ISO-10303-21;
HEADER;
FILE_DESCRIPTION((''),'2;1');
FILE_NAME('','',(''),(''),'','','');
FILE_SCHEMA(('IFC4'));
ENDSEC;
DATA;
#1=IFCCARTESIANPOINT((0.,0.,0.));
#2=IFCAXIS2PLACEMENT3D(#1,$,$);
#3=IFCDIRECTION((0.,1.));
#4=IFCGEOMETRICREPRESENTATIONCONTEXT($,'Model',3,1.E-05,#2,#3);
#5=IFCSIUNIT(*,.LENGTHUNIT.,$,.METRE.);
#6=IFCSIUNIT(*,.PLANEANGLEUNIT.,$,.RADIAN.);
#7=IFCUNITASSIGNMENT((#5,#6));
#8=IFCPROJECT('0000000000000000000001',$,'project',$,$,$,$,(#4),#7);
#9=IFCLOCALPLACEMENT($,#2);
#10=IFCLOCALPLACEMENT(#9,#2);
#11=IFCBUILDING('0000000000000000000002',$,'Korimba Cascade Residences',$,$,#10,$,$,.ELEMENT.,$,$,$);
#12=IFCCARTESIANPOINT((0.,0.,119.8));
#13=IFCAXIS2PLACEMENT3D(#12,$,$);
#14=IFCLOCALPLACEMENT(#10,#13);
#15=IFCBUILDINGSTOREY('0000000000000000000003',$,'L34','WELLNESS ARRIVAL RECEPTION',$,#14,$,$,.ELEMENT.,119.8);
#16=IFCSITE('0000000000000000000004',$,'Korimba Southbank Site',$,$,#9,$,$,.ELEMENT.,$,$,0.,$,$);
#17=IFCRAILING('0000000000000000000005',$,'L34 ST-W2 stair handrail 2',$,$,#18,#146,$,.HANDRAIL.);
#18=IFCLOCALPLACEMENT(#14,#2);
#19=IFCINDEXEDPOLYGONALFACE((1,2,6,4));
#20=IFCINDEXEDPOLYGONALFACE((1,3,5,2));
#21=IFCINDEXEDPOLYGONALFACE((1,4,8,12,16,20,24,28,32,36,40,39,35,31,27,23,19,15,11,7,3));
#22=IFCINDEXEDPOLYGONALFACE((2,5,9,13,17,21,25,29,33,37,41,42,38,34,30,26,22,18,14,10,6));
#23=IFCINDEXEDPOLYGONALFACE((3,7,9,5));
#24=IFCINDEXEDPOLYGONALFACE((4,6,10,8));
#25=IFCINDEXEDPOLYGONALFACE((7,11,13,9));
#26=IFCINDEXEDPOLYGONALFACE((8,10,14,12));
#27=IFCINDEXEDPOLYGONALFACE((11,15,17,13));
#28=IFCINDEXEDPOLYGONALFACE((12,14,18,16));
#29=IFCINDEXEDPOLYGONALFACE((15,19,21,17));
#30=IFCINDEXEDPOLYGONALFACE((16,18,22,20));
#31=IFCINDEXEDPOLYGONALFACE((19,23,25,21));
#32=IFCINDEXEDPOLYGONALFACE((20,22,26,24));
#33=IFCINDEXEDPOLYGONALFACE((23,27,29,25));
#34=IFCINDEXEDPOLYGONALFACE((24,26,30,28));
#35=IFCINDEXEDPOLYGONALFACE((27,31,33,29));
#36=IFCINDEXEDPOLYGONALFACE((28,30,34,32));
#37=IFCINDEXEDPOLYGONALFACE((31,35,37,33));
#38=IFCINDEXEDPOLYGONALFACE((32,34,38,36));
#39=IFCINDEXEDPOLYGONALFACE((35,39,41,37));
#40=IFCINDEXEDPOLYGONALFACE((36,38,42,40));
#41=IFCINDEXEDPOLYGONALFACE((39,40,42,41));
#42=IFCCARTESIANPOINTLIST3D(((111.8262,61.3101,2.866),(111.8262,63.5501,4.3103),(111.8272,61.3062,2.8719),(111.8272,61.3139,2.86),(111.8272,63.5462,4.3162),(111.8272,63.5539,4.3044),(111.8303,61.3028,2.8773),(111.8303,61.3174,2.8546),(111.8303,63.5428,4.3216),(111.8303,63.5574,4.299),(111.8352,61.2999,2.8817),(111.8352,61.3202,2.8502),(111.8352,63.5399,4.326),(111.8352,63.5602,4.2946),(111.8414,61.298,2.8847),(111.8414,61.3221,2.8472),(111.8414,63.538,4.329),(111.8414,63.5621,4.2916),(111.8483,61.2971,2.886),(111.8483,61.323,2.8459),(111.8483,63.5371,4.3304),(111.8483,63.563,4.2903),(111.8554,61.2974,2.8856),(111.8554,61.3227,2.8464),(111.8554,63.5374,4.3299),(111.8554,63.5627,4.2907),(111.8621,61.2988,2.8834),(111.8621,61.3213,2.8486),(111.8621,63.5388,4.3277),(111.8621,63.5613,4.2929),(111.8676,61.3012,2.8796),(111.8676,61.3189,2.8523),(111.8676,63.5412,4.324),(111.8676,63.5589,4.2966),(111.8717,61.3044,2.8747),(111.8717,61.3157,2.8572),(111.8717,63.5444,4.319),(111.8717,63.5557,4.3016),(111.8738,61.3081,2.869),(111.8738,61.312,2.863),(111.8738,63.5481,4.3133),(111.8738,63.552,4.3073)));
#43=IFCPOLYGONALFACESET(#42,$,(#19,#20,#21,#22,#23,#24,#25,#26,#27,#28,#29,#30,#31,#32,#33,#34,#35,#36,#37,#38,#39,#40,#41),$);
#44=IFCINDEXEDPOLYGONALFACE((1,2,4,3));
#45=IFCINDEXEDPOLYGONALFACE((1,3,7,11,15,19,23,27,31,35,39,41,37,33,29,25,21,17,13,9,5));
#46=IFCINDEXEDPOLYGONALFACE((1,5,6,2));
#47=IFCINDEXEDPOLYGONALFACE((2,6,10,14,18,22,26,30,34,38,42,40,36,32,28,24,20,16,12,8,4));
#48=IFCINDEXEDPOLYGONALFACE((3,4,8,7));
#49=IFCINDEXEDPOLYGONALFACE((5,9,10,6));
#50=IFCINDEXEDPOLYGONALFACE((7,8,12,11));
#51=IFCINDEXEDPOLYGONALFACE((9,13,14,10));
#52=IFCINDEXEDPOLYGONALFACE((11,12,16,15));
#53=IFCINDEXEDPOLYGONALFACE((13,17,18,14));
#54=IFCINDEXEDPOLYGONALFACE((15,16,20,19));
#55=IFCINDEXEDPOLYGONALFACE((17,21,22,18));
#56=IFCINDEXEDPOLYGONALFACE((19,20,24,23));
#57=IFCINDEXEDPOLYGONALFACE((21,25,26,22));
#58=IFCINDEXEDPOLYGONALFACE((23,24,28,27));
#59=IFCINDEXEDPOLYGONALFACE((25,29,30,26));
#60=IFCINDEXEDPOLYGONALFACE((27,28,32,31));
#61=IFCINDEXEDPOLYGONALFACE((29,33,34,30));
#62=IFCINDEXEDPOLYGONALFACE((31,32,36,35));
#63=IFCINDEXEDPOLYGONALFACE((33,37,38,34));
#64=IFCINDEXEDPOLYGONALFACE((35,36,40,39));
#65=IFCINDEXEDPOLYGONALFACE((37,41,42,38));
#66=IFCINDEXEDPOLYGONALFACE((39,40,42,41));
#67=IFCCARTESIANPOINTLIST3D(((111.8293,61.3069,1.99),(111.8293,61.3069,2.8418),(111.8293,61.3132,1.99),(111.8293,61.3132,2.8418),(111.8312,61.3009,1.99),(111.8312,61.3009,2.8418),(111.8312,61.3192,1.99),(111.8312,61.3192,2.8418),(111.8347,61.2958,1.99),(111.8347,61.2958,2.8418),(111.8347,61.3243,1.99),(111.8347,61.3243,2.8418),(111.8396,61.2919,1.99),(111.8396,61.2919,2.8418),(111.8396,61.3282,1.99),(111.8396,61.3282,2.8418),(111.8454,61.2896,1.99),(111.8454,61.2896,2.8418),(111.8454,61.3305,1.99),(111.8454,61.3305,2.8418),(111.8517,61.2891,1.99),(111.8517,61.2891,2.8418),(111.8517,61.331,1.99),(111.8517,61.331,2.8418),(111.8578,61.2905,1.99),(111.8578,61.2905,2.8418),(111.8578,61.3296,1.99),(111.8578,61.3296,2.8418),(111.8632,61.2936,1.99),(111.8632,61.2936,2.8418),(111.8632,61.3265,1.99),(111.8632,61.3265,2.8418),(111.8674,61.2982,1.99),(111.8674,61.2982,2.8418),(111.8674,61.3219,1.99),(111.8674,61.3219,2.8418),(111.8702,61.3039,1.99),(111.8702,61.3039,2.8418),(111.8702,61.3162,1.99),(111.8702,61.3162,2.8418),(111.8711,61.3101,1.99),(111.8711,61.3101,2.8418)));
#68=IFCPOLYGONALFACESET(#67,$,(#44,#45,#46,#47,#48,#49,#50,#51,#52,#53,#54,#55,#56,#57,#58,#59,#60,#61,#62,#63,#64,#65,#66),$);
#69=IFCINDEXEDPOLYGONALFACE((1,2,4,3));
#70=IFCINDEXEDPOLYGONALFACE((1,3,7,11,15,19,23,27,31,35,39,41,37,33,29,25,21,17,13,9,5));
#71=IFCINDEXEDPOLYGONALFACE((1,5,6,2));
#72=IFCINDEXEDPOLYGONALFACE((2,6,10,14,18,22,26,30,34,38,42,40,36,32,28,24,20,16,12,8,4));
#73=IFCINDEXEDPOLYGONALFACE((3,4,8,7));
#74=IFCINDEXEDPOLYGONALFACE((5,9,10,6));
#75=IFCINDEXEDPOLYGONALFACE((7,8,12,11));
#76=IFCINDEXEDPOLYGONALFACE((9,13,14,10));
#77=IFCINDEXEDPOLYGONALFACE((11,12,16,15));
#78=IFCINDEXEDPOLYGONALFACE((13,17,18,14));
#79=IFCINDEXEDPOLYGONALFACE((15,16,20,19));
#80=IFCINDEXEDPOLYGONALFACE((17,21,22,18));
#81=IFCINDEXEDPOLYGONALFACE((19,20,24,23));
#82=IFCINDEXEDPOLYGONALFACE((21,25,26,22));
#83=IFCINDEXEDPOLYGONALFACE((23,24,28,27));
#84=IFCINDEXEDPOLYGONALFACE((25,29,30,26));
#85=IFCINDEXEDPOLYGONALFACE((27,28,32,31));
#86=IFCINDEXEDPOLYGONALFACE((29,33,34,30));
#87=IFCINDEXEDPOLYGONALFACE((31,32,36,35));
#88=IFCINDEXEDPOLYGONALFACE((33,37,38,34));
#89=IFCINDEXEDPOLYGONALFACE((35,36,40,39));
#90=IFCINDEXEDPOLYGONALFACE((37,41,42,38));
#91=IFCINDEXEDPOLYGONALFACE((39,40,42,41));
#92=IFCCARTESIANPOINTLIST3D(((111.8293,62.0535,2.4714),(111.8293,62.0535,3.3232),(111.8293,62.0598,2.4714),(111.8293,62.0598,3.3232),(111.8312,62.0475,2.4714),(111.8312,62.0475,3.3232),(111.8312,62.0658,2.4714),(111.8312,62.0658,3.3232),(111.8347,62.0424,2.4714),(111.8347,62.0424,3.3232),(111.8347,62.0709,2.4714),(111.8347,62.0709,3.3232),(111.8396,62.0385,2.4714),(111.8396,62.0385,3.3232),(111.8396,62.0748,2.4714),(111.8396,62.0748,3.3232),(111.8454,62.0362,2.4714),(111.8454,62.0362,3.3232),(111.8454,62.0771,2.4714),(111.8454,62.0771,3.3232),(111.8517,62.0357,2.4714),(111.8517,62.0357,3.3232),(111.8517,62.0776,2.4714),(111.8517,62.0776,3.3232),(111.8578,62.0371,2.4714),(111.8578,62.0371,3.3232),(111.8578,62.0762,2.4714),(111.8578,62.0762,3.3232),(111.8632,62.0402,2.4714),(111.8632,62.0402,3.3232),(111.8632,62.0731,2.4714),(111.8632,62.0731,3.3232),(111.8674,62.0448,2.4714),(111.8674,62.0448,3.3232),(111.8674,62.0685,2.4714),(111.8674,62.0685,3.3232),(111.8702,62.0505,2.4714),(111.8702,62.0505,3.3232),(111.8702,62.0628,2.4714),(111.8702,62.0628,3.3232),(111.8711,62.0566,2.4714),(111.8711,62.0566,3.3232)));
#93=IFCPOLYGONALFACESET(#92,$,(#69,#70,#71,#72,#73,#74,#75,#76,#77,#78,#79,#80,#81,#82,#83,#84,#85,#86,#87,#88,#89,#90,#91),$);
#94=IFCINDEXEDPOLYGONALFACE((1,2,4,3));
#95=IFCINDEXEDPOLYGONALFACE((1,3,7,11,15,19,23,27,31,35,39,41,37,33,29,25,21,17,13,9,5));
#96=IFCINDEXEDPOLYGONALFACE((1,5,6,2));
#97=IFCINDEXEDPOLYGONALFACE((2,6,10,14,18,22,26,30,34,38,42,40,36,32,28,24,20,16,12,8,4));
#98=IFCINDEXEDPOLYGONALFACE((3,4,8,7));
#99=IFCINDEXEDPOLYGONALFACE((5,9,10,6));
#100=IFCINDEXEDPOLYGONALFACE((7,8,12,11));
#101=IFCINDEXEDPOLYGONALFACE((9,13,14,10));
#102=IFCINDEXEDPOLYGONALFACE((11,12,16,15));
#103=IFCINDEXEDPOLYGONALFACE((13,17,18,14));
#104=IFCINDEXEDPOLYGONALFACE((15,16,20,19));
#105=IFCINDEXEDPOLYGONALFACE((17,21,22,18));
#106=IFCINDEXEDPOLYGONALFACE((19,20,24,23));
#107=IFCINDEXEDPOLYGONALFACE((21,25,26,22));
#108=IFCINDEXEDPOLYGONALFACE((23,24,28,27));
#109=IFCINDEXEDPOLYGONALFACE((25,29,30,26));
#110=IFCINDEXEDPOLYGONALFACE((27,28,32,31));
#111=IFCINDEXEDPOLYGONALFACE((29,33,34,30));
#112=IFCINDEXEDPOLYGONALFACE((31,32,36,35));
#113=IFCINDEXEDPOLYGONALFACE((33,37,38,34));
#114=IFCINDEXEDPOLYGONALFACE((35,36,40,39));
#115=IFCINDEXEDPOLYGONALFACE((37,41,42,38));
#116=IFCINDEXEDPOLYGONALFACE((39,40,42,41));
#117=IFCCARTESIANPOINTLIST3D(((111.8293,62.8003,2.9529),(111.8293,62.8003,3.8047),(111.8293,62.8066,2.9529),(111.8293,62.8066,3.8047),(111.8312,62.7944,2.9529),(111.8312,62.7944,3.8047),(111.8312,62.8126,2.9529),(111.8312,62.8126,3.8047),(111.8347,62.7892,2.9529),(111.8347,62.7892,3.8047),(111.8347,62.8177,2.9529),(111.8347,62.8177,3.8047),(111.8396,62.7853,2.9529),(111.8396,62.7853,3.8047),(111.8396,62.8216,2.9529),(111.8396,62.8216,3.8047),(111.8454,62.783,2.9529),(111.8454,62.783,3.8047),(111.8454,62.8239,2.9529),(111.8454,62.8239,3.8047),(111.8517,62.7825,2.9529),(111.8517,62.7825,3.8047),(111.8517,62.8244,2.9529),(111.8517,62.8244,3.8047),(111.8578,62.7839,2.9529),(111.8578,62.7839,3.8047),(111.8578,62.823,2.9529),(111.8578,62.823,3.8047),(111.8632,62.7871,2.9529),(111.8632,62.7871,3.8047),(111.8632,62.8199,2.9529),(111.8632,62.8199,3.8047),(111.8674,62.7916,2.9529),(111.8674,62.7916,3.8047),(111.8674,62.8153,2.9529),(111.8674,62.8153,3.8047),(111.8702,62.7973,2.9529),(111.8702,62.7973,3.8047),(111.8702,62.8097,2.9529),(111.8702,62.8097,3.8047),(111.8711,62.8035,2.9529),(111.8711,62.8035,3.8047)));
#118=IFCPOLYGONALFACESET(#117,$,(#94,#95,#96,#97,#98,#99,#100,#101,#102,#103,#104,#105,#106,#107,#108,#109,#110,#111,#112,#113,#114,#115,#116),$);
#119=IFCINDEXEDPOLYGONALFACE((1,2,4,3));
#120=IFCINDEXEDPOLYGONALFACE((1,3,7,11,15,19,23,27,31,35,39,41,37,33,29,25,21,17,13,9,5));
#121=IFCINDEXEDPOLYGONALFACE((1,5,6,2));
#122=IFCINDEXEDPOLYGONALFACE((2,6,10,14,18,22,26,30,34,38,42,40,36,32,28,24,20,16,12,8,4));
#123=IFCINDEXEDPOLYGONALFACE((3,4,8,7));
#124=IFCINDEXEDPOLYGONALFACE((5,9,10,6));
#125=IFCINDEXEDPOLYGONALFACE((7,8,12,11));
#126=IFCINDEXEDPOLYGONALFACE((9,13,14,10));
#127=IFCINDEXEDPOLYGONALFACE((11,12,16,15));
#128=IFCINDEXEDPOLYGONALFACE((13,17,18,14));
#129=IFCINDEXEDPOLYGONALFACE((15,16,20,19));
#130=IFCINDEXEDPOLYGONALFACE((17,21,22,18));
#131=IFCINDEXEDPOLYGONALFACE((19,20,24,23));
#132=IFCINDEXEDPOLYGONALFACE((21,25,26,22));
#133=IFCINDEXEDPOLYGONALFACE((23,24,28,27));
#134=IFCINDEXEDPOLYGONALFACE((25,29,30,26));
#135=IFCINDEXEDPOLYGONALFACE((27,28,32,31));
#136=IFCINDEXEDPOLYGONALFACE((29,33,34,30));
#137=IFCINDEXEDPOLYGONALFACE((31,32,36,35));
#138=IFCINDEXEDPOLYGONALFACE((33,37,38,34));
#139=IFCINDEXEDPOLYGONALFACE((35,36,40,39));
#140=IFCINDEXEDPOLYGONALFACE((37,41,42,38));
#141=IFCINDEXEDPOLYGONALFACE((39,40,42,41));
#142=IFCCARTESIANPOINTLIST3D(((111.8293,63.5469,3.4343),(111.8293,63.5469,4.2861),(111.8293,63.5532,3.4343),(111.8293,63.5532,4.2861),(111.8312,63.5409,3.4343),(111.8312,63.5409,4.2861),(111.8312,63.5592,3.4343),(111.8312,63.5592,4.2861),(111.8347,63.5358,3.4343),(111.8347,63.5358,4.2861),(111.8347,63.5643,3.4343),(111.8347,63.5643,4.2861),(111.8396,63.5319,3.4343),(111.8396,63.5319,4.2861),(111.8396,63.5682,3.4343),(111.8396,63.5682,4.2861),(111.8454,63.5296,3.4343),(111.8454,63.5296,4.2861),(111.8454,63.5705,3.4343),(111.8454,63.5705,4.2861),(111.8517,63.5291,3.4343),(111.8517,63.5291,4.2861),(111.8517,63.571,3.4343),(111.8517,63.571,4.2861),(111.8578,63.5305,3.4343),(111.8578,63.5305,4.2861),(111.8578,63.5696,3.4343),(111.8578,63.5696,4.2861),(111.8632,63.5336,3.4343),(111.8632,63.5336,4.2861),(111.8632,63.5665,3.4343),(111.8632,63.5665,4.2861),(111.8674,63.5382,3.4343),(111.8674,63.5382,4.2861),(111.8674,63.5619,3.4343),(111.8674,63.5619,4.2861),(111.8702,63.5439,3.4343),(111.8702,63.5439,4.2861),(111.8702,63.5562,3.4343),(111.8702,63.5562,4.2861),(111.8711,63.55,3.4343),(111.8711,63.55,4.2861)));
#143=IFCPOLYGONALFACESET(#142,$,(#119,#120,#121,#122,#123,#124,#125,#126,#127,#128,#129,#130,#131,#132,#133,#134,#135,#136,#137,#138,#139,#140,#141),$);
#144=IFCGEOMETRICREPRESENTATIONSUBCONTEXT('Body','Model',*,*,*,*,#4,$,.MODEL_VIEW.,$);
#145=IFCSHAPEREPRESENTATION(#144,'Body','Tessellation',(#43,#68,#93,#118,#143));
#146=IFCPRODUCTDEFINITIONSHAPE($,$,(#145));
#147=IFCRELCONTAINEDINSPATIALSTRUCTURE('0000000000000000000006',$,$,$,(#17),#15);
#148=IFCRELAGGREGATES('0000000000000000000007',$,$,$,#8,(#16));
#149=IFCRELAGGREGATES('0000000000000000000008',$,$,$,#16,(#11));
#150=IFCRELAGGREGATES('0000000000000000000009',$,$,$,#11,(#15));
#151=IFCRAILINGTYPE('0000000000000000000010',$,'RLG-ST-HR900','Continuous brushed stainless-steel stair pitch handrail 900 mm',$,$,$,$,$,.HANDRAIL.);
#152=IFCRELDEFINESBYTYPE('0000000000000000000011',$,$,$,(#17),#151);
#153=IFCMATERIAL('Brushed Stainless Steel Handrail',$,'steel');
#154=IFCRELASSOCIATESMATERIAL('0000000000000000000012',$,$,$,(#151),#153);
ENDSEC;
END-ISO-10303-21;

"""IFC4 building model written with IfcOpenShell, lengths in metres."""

from ifc_helpers import new_model, si_unit, direction, frame, origin, origin_2d, place, context, subcontext, project, spatial, circle, extrude, material, type_object, element, save


model = new_model("IFC4")

# Units and contexts
model_context = context("Model", 3, precision=1e-05, world=origin(), true_north=direction((0.0, 1.0)))
body_context = subcontext(model_context, "Body", "Model", "MODEL_VIEW")
ifc_project = project(units=[si_unit("LENGTHUNIT", "METRE"), si_unit("PLANEANGLEUNIT", "RADIAN")], contexts=[model_context])

# Site, building, storey
site_placement = place(None, origin())
site = spatial("IfcSite", under=ifc_project, at=site_placement, Name="Korimba Southbank Site", CompositionType="ELEMENT", RefElevation=0.0)
building_placement = place(site_placement, origin())
building = spatial("IfcBuilding", under=site, at=building_placement, Name="Korimba Cascade Residences", CompositionType="ELEMENT")
storey_placement = place(building_placement, frame((0.0, 0.0, 119.8)))
storey = spatial("IfcBuildingStorey", under=building, at=storey_placement, Name="L34", Description="WELLNESS ARRIVAL RECEPTION", CompositionType="ELEMENT", Elevation=119.8)

# Railing
ifc_material_1 = material(Name="Brushed Stainless Steel Handrail", Category="steel")
railing_type_1 = type_object("IfcRailingType", Name="RLG-ST-HR900", Description="Continuous brushed stainless-steel stair pitch handrail 900 mm", PredefinedType="HANDRAIL", material=ifc_material_1)
railing_1_placement = place(storey_placement, frame((111.8501, 61.3101, 1.99)))
element("IfcRailing", 1, at=railing_1_placement, inside=storey, type_object=railing_type_1, Name="L34 ST-W2 stair handrail 2", PredefinedType="HANDRAIL", context=body_context, shape_type="SweptSolid", body=[
    extrude(circle(Radius=0.0239, at=origin_2d()), frame((0.0, 0.0, 0.876), z_axis=(0.0, 0.840437, 0.54191), x_axis=(-1.0, 0.0, 0.0)), (0.0, 0.0, 1.0), 2.6653),
    extrude(circle(Radius=0.021, at=origin_2d()), origin(), (0.0, 0.0, 1.0), 0.8518),
    extrude(circle(Radius=0.021, at=origin_2d()), frame((0.0, 0.7466, 0.4814)), (0.0, 0.0, 1.0), 0.8518),
    extrude(circle(Radius=0.021, at=origin_2d()), frame((0.0, 1.4934, 0.9629)), (0.0, 0.0, 1.0), 0.8518),
    extrude(circle(Radius=0.021, at=origin_2d()), frame((0.0, 2.24, 1.4443)), (0.0, 0.0, 1.0), 0.8518),
])

save(model, "model.ifc")
